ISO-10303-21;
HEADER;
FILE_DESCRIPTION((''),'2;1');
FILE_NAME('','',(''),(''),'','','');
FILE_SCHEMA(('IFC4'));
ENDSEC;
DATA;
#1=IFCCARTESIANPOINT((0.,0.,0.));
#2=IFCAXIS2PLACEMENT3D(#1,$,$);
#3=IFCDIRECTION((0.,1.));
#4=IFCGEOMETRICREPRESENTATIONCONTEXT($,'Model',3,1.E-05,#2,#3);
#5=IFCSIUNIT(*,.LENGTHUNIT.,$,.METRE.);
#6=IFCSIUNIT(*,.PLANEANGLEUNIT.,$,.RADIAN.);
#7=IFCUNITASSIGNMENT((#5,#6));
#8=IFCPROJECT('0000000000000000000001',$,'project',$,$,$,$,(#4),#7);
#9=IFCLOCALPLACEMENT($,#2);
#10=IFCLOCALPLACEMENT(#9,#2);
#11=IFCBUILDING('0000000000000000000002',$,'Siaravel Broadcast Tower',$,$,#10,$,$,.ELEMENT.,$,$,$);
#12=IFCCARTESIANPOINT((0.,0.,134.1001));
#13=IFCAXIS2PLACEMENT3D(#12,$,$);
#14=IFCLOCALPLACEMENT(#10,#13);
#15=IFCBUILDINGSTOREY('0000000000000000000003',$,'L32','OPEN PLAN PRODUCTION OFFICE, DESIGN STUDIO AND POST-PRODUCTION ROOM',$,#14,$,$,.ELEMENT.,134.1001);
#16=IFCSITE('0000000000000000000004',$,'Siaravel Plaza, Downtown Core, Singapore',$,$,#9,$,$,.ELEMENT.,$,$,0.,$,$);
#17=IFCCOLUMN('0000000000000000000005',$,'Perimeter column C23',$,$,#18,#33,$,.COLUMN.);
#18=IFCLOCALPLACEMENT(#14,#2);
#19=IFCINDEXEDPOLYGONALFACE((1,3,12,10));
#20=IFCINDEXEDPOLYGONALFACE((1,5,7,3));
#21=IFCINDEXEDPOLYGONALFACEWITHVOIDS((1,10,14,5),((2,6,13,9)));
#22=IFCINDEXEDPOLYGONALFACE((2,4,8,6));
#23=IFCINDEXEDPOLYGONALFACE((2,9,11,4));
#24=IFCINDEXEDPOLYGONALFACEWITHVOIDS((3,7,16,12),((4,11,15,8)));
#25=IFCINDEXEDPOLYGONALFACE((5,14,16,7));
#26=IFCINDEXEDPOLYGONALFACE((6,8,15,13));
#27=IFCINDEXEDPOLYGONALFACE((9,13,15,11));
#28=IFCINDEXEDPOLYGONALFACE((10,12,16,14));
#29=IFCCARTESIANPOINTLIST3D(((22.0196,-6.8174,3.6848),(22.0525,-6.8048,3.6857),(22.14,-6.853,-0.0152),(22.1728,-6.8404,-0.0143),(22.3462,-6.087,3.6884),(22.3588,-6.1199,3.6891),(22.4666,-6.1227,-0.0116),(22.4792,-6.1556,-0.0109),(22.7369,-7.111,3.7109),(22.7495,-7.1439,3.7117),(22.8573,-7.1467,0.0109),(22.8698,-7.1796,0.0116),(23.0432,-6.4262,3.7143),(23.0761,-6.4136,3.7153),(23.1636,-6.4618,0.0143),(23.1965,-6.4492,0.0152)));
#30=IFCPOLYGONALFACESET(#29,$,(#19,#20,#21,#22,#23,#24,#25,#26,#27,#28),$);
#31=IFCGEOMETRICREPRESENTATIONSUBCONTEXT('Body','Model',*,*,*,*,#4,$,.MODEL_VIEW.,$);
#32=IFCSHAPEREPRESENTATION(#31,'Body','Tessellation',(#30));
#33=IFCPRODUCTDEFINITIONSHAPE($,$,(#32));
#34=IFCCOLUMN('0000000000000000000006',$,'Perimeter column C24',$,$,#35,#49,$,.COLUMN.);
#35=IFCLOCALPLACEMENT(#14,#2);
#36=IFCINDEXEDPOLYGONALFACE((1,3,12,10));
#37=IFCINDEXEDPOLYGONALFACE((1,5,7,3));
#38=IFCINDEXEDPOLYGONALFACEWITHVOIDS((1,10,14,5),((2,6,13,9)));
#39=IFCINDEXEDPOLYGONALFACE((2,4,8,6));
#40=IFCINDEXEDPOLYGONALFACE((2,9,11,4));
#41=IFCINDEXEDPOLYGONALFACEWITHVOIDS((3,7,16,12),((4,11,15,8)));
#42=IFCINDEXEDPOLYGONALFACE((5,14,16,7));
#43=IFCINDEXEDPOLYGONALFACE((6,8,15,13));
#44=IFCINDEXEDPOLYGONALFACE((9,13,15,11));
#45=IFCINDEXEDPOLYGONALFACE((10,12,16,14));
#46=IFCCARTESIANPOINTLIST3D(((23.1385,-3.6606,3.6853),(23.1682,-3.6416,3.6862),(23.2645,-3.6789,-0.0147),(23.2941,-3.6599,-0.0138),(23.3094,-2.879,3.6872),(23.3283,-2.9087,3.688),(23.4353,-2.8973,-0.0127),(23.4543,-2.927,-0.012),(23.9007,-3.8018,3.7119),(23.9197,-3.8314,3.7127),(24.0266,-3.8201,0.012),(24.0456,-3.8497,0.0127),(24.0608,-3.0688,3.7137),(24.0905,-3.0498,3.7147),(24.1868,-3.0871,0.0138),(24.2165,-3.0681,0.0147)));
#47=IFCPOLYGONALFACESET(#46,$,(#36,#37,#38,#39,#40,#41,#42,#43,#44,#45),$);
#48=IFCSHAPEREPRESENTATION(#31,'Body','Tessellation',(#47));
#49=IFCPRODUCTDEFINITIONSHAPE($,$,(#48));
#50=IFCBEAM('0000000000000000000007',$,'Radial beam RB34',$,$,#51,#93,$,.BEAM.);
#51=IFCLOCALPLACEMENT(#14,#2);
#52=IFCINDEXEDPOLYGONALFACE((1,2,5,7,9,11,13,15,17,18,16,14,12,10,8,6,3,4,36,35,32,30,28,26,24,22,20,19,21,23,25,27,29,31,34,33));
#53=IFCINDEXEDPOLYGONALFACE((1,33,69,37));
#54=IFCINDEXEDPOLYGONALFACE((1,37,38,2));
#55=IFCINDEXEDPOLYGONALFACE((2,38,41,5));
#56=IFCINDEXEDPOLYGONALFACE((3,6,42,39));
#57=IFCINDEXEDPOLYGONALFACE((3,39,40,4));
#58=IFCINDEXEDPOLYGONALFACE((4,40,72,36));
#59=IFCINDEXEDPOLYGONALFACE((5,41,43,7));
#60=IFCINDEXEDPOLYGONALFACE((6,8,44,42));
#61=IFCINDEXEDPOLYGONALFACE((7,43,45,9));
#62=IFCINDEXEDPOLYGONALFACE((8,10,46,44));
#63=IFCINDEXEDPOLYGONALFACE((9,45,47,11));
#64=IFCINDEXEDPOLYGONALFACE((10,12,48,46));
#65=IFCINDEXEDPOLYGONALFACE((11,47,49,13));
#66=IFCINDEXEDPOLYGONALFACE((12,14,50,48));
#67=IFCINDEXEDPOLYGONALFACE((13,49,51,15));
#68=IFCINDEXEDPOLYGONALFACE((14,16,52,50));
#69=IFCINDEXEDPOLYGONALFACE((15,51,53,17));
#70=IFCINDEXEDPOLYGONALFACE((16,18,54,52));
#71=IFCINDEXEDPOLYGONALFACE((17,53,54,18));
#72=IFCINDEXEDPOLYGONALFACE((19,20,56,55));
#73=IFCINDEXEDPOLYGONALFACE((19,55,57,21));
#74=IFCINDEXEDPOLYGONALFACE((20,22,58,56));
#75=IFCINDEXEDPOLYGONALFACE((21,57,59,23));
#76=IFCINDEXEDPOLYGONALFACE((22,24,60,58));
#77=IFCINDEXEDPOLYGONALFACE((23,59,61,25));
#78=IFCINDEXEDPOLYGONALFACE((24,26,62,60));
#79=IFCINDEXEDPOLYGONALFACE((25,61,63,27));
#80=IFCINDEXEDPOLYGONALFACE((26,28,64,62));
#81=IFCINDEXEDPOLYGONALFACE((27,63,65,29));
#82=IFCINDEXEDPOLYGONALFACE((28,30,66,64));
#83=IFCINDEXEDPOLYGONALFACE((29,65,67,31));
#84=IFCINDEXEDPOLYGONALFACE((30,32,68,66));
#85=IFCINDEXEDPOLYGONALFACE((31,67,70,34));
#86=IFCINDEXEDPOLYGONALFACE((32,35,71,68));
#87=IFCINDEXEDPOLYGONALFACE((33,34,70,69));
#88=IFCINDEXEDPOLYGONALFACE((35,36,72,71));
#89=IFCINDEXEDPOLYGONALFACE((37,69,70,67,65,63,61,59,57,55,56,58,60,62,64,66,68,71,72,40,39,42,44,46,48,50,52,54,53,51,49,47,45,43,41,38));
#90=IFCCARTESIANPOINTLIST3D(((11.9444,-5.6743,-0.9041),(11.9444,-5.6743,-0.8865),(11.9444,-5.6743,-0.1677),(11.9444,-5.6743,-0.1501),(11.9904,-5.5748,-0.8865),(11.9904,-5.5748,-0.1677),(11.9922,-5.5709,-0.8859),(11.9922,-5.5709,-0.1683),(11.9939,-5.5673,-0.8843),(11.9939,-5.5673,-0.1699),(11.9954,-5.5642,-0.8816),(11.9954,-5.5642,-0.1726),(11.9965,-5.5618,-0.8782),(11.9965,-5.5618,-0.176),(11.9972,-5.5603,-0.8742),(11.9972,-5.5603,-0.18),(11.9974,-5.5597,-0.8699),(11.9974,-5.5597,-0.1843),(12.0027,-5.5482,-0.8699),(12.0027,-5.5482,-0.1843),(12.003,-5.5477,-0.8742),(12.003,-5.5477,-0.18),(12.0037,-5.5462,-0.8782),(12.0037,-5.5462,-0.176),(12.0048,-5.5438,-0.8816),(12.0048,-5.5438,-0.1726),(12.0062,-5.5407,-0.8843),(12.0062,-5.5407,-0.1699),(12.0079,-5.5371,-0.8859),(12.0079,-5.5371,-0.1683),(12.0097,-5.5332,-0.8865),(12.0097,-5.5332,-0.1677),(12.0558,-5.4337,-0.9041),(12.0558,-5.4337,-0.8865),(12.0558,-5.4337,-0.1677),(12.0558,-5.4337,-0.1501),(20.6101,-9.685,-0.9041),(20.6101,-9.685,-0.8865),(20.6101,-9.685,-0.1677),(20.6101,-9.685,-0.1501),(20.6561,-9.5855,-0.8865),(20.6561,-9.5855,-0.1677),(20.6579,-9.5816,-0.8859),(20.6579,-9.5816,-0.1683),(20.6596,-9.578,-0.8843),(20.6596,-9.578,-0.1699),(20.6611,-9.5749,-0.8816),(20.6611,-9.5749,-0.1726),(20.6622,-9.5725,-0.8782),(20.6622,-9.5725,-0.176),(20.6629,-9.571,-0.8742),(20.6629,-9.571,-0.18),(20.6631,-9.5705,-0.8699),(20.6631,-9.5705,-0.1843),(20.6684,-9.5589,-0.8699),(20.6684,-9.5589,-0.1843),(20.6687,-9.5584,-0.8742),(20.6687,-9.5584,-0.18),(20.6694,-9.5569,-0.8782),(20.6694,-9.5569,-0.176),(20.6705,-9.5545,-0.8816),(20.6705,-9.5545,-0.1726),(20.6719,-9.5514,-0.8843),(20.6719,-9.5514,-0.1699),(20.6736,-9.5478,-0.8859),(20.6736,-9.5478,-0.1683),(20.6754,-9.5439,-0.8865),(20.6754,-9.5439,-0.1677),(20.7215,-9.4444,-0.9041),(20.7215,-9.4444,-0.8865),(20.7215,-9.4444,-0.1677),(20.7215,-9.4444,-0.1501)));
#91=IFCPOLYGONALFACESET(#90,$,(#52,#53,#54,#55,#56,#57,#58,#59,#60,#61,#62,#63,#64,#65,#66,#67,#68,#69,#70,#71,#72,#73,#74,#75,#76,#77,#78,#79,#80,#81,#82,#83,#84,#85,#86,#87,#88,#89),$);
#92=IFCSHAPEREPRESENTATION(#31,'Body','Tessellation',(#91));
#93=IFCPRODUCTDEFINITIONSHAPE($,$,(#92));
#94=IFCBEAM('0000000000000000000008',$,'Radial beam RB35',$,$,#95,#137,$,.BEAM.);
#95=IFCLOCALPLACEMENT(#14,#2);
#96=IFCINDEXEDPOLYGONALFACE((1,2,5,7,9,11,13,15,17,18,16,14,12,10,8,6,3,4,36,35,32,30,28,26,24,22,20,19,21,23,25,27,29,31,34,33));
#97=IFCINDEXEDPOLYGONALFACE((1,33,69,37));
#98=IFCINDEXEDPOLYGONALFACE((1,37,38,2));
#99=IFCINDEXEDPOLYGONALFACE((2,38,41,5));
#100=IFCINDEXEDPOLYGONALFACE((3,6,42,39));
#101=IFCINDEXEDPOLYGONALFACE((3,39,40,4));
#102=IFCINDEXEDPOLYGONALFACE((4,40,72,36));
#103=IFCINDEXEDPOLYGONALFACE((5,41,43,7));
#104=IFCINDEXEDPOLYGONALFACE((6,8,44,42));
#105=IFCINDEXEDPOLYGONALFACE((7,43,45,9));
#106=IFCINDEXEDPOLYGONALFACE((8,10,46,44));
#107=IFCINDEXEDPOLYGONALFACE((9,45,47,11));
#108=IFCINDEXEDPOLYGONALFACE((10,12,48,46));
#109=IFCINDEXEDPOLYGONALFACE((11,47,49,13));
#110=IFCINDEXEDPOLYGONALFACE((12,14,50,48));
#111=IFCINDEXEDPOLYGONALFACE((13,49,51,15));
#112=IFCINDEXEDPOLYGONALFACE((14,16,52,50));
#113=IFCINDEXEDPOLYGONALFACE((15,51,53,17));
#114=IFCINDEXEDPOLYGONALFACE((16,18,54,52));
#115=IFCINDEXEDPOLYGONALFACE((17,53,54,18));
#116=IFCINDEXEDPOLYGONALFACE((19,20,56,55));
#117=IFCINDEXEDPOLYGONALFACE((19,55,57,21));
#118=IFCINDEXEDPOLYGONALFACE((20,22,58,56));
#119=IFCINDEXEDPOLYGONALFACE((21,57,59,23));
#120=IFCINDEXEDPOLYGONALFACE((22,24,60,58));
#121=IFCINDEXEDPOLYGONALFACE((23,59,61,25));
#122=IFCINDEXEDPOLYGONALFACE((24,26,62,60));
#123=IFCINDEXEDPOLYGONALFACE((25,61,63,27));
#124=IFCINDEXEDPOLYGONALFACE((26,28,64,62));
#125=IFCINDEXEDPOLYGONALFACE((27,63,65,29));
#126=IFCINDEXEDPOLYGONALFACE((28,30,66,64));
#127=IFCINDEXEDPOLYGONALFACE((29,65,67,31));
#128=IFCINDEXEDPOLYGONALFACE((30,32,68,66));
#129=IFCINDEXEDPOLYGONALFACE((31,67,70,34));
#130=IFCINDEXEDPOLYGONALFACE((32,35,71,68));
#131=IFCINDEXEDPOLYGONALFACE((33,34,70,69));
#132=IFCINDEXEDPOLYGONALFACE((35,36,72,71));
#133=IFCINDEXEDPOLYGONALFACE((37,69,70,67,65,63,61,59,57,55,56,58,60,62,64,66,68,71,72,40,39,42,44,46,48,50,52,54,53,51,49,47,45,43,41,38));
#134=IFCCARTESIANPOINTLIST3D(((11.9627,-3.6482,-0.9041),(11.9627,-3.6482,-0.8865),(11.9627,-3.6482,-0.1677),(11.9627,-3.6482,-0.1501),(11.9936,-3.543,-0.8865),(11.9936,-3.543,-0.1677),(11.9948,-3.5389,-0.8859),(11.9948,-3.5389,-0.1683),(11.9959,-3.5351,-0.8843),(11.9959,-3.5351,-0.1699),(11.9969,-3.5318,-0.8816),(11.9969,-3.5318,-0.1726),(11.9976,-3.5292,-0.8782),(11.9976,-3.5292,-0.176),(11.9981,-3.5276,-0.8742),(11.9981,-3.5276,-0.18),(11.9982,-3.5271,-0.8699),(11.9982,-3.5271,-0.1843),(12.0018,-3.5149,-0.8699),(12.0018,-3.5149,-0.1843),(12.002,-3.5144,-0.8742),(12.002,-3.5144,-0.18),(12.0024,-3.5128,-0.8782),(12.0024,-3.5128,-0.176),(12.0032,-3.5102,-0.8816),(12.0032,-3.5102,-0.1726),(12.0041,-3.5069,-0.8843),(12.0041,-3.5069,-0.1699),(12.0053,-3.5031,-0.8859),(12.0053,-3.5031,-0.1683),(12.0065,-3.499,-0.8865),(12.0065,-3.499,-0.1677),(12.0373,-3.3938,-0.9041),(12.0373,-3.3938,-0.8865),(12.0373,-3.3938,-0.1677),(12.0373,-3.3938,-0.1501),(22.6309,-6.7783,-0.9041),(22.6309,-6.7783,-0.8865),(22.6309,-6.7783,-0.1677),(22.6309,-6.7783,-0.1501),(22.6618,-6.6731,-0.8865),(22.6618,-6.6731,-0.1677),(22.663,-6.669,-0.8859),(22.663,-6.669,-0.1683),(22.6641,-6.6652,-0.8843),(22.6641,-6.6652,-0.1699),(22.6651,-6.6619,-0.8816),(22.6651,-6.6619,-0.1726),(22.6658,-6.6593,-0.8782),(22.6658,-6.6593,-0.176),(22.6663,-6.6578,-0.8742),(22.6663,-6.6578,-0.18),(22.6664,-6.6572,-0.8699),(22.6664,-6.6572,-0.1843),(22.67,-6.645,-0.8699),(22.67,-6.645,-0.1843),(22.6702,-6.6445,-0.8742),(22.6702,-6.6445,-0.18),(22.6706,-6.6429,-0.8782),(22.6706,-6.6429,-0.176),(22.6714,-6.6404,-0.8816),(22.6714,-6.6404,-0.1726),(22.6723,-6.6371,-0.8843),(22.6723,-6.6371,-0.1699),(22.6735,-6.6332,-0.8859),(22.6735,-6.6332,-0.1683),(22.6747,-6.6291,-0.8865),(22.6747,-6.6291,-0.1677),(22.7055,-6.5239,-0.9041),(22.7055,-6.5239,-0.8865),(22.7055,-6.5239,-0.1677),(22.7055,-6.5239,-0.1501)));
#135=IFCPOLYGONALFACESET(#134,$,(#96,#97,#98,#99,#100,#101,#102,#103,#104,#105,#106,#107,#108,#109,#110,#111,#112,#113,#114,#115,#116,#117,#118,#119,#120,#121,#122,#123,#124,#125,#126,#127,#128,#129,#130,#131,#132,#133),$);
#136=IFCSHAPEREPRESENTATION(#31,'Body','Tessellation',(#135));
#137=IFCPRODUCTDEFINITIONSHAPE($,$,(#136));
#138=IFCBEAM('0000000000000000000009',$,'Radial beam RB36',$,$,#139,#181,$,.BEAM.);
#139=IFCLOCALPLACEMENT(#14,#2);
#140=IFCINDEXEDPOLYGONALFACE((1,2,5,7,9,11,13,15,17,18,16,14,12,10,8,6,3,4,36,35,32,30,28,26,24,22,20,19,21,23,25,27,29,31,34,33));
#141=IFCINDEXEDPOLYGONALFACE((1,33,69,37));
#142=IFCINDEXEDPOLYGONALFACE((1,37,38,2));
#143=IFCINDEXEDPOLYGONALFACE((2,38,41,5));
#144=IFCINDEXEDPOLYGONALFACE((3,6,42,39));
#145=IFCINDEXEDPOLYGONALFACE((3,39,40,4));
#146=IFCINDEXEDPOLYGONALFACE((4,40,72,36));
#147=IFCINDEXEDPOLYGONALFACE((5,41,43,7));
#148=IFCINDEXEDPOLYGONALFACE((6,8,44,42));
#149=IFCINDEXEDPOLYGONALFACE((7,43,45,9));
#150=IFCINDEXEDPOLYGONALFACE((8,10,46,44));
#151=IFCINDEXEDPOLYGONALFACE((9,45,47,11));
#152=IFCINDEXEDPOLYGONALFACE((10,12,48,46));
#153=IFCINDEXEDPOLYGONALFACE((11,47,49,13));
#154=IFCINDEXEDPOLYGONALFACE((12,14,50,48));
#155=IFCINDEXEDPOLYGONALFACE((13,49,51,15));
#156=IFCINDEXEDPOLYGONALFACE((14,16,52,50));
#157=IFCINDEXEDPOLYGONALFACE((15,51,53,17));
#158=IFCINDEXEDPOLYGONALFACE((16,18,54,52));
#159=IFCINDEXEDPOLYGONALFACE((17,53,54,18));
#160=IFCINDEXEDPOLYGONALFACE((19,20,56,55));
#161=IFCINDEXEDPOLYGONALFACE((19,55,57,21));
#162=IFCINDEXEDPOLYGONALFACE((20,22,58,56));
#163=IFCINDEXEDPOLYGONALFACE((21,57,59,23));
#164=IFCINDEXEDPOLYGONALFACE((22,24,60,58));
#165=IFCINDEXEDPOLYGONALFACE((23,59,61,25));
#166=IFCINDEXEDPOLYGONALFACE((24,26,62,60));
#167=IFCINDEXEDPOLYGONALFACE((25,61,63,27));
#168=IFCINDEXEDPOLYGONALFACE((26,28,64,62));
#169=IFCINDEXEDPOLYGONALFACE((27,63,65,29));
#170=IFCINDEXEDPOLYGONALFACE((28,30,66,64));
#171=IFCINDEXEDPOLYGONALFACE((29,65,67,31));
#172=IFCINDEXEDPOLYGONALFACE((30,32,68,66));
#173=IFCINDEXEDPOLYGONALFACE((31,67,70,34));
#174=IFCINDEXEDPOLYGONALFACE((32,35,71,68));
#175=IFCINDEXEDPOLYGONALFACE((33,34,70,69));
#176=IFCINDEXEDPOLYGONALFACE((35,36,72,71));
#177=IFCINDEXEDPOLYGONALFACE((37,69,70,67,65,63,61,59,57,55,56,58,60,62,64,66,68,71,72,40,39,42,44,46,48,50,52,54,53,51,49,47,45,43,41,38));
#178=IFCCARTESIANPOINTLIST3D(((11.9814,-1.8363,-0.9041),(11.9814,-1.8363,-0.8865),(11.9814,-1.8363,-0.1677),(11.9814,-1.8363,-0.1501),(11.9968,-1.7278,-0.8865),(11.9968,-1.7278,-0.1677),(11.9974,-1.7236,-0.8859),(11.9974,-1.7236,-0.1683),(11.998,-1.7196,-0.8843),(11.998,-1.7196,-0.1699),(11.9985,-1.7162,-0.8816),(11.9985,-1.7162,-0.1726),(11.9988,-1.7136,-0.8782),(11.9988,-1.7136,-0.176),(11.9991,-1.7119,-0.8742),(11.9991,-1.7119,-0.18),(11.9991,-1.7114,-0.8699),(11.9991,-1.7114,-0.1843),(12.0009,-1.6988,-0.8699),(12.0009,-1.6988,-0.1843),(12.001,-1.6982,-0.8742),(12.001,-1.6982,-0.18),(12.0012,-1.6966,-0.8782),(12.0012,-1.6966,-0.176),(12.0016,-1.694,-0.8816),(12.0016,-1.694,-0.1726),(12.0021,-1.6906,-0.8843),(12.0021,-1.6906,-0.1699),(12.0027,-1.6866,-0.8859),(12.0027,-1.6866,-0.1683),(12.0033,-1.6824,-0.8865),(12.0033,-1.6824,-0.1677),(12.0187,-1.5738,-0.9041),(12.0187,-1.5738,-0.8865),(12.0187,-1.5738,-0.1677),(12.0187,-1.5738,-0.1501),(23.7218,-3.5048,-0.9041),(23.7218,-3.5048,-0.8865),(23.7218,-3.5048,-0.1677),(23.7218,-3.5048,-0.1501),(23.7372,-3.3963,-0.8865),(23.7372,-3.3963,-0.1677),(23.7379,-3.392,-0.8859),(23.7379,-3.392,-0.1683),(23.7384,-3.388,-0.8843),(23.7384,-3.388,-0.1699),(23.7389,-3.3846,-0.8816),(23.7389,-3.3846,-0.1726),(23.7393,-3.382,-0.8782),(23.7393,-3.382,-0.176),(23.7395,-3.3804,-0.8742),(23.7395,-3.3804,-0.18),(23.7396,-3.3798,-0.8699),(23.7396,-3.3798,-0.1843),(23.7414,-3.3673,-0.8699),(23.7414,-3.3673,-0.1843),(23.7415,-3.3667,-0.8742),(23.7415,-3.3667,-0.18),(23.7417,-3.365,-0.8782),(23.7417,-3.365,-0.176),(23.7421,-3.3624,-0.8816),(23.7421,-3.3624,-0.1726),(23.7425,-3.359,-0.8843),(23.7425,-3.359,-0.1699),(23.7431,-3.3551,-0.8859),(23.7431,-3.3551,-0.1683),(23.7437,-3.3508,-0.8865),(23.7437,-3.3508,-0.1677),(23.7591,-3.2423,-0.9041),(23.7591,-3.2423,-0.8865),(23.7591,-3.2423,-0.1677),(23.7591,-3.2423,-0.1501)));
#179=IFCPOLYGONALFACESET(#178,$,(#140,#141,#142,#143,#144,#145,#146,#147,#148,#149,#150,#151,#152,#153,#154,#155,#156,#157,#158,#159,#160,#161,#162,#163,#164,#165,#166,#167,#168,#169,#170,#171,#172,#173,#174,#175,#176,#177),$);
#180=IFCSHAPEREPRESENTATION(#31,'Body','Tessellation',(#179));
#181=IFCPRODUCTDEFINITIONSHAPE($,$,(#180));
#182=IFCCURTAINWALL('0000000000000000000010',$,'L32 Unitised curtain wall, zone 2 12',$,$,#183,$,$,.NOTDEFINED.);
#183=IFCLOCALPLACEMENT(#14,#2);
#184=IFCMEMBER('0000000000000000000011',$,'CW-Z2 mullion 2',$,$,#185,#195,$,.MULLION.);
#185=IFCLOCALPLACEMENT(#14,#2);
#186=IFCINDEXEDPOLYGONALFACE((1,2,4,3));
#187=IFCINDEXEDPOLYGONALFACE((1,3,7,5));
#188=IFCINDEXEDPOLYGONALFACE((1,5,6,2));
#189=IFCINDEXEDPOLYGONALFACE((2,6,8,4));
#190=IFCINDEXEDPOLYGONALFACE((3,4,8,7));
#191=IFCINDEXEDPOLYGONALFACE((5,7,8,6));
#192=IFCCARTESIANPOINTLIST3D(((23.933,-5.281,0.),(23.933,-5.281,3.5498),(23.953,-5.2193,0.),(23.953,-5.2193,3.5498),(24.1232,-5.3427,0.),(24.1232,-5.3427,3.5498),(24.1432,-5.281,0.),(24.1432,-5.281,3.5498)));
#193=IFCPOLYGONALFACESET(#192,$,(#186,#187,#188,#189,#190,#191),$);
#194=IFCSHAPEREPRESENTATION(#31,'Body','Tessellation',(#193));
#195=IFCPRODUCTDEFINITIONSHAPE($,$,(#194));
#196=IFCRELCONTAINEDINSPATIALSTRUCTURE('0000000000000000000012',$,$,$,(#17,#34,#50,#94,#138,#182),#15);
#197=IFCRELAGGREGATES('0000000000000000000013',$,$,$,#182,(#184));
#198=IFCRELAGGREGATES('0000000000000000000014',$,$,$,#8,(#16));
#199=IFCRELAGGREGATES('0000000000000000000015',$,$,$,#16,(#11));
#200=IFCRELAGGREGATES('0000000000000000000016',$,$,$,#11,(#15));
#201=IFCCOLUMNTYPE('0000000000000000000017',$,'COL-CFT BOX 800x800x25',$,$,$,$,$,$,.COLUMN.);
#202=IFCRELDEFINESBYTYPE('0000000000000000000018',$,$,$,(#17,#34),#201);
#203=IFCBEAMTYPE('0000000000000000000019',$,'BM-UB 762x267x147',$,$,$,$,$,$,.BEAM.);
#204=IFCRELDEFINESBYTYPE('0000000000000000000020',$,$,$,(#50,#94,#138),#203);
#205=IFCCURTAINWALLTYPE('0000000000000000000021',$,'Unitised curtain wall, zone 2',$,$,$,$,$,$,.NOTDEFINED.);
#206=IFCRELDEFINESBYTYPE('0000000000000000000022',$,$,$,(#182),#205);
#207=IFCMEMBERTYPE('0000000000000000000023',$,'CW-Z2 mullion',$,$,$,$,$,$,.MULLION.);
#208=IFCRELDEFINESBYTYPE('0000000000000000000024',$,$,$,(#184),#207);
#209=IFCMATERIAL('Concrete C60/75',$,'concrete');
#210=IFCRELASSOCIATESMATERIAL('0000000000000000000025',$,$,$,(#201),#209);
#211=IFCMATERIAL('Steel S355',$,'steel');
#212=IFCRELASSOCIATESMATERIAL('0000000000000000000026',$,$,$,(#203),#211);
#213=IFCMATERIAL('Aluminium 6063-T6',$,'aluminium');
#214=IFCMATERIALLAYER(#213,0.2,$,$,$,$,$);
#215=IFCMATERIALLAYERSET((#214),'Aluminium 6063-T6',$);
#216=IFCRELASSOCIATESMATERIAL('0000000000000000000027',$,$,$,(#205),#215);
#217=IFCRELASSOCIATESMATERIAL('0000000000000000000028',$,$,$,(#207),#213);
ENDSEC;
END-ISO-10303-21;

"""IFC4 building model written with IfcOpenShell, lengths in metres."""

from ifc_helpers import new_model, si_unit, direction, frame, origin, origin_2d, place, context, subcontext, project, spatial, rectangle, hollow_rectangle, i_section, extrude, material, layer, layer_set, material_profile, profile_set, type_object, element, aggregate, save


model = new_model("IFC4")

# Units and contexts
model_context = context("Model", 3, precision=1e-05, world=origin(), true_north=direction((0.0, 1.0)))
body_context = subcontext(model_context, "Body", "Model", "MODEL_VIEW")
ifc_project = project(units=[si_unit("LENGTHUNIT", "METRE"), si_unit("PLANEANGLEUNIT", "RADIAN")], contexts=[model_context])

# Site, building, storey
site_placement = place(None, origin())
site = spatial("IfcSite", under=ifc_project, at=site_placement, Name="Siaravel Plaza, Downtown Core, Singapore", CompositionType="ELEMENT", RefElevation=0.0)
building_placement = place(site_placement, origin())
building = spatial("IfcBuilding", under=site, at=building_placement, Name="Siaravel Broadcast Tower", CompositionType="ELEMENT")
storey_placement = place(building_placement, frame((0.0, 0.0, 134.1001)))
storey = spatial("IfcBuildingStorey", under=building, at=storey_placement, Name="L32", Description="OPEN PLAN PRODUCTION OFFICE, DESIGN STUDIO AND POST-PRODUCTION ROOM", CompositionType="ELEMENT", Elevation=134.1001)

# Columns
ifc_material_1 = material(Name="Concrete C60/75", Category="concrete")
ifc_material_profile_1 = material_profile(ifc_material_1, hollow_rectangle(XDim=0.8, YDim=0.8, WallThickness=0.0249, at=origin_2d()))
ifc_profile_set_1 = profile_set([ifc_material_profile_1], Name="Concrete C60/75")
column_type = type_object("IfcColumnType", Name="COL-CFT BOX 800x800x25", PredefinedType="COLUMN", material=ifc_profile_set_1)
for number, where, z_axis, x_axis, name in (
    (1, (22.6682, -6.6511, 0.0), (-0.032512, 0.009628, 0.999425), (-0.408281, -0.912845, -0.004487), "Perimeter column C23"),
    (2, (23.7405, -3.3735, 0.0), (-0.034028, 0.004946, 0.999409), (-0.213517, -0.976936, -0.002435), "Perimeter column C24"),
):
    element("IfcColumn", number, at=place(storey_placement, frame(where, z_axis=z_axis, x_axis=x_axis)), inside=storey, type_object=column_type, Name=name, PredefinedType="COLUMN", context=body_context, shape_type="SweptSolid", body=[
        extrude(hollow_rectangle(XDim=0.8, YDim=0.8, WallThickness=0.0249, at=origin_2d()), origin(), (0.0, 0.0, 1.0), 3.7021),
    ])

# Beams
ifc_material_2 = material(Name="Steel S355", Category="steel")
ifc_material_profile_2 = material_profile(ifc_material_2, i_section(OverallWidth=0.2651, OverallDepth=0.7539, WebThickness=0.0127, FlangeThickness=0.0176, FilletRadius=0.0166, at=origin_2d()))
ifc_profile_set_2 = profile_set([ifc_material_profile_2], Name="Steel S355")
beam_type = type_object("IfcBeamType", Name="BM-UB 762x267x147", PredefinedType="BEAM", material=ifc_profile_set_2)
beam_1_placement = place(storey_placement, frame((20.6658, -9.5647, -0.5271), z_axis=(-0.907514, 0.420021, 0.0), x_axis=(-0.420021, -0.907514, 0.0)))
element("IfcBeam", 3, at=beam_1_placement, inside=storey, type_object=beam_type, Name="Radial beam RB34", PredefinedType="BEAM", context=body_context, shape_type="SweptSolid", body=[
    extrude(i_section(OverallWidth=0.2651, OverallDepth=0.7539, WebThickness=0.0127, FlangeThickness=0.0176, FilletRadius=0.0166, at=origin_2d()), origin(), (0.0, 0.0, 1.0), 9.5488),
])
beam_2_placement = place(storey_placement, frame((22.6682, -6.6511, -0.5271), z_axis=(-0.95955, 0.281539, 0.0), x_axis=(-0.281539, -0.95955, 0.0)))
element("IfcBeam", 4, at=beam_2_placement, inside=storey, type_object=beam_type, Name="Radial beam RB35", PredefinedType="BEAM", context=body_context, shape_type="SweptSolid", body=[
    extrude(i_section(OverallWidth=0.2651, OverallDepth=0.7539, WebThickness=0.0127, FlangeThickness=0.0176, FilletRadius=0.0166, at=origin_2d()), origin(), (0.0, 0.0, 1.0), 11.1179),
])
beam_3_placement = place(storey_placement, frame((23.7405, -3.3735, -0.5271), z_axis=(-0.990053, 0.140698, 0.0), x_axis=(-0.140698, -0.990053, 0.0)))
element("IfcBeam", 5, at=beam_3_placement, inside=storey, type_object=beam_type, Name="Radial beam RB36", PredefinedType="BEAM", context=body_context, shape_type="SweptSolid", body=[
    extrude(i_section(OverallWidth=0.2651, OverallDepth=0.7539, WebThickness=0.0127, FlangeThickness=0.0176, FilletRadius=0.0166, at=origin_2d()), origin(), (0.0, 0.0, 1.0), 11.8584),
])

# Curtain wall, member
ifc_material_3 = material(Name="Aluminium 6063-T6", Category="aluminium")
ifc_layer_1 = layer(ifc_material_3, 0.2)
ifc_layer_set_1 = layer_set([ifc_layer_1], Name="Aluminium 6063-T6")
curtain_wall_type = type_object("IfcCurtainWallType", Name="Unitised curtain wall, zone 2", PredefinedType="NOTDEFINED", material=ifc_layer_set_1)
curtain_wall_placement = place(storey_placement, origin())
curtain_wall = element("IfcCurtainWall", 6, at=curtain_wall_placement, inside=storey, type_object=curtain_wall_type, Name="L32 Unitised curtain wall, zone 2 12", PredefinedType="NOTDEFINED")
ifc_material_profile_3 = material_profile(ifc_material_3, rectangle(XDim=0.2, YDim=0.0649, at=origin_2d()))
ifc_profile_set_3 = profile_set([ifc_material_profile_3], Name="Aluminium 6063-T6")
member_type_1 = type_object("IfcMemberType", Name="CW-Z2 mullion", PredefinedType="MULLION", material=ifc_profile_set_3)
member_1_placement = place(storey_placement, frame((24.0381, -5.281, 0.0), z_axis=(0.0, 0.0, 1.0), x_axis=(-0.951178, 0.308644, 0.0)))
member_1 = element("IfcMember", 7, at=member_1_placement, type_object=member_type_1, Name="CW-Z2 mullion 2", PredefinedType="MULLION", context=body_context, shape_type="SweptSolid", body=[
    extrude(rectangle(XDim=0.2, YDim=0.0649, at=origin_2d()), origin(), (0.0, 0.0, 1.0), 3.5498),
])
aggregate(curtain_wall, [member_1])

save(model, "model.ifc")
